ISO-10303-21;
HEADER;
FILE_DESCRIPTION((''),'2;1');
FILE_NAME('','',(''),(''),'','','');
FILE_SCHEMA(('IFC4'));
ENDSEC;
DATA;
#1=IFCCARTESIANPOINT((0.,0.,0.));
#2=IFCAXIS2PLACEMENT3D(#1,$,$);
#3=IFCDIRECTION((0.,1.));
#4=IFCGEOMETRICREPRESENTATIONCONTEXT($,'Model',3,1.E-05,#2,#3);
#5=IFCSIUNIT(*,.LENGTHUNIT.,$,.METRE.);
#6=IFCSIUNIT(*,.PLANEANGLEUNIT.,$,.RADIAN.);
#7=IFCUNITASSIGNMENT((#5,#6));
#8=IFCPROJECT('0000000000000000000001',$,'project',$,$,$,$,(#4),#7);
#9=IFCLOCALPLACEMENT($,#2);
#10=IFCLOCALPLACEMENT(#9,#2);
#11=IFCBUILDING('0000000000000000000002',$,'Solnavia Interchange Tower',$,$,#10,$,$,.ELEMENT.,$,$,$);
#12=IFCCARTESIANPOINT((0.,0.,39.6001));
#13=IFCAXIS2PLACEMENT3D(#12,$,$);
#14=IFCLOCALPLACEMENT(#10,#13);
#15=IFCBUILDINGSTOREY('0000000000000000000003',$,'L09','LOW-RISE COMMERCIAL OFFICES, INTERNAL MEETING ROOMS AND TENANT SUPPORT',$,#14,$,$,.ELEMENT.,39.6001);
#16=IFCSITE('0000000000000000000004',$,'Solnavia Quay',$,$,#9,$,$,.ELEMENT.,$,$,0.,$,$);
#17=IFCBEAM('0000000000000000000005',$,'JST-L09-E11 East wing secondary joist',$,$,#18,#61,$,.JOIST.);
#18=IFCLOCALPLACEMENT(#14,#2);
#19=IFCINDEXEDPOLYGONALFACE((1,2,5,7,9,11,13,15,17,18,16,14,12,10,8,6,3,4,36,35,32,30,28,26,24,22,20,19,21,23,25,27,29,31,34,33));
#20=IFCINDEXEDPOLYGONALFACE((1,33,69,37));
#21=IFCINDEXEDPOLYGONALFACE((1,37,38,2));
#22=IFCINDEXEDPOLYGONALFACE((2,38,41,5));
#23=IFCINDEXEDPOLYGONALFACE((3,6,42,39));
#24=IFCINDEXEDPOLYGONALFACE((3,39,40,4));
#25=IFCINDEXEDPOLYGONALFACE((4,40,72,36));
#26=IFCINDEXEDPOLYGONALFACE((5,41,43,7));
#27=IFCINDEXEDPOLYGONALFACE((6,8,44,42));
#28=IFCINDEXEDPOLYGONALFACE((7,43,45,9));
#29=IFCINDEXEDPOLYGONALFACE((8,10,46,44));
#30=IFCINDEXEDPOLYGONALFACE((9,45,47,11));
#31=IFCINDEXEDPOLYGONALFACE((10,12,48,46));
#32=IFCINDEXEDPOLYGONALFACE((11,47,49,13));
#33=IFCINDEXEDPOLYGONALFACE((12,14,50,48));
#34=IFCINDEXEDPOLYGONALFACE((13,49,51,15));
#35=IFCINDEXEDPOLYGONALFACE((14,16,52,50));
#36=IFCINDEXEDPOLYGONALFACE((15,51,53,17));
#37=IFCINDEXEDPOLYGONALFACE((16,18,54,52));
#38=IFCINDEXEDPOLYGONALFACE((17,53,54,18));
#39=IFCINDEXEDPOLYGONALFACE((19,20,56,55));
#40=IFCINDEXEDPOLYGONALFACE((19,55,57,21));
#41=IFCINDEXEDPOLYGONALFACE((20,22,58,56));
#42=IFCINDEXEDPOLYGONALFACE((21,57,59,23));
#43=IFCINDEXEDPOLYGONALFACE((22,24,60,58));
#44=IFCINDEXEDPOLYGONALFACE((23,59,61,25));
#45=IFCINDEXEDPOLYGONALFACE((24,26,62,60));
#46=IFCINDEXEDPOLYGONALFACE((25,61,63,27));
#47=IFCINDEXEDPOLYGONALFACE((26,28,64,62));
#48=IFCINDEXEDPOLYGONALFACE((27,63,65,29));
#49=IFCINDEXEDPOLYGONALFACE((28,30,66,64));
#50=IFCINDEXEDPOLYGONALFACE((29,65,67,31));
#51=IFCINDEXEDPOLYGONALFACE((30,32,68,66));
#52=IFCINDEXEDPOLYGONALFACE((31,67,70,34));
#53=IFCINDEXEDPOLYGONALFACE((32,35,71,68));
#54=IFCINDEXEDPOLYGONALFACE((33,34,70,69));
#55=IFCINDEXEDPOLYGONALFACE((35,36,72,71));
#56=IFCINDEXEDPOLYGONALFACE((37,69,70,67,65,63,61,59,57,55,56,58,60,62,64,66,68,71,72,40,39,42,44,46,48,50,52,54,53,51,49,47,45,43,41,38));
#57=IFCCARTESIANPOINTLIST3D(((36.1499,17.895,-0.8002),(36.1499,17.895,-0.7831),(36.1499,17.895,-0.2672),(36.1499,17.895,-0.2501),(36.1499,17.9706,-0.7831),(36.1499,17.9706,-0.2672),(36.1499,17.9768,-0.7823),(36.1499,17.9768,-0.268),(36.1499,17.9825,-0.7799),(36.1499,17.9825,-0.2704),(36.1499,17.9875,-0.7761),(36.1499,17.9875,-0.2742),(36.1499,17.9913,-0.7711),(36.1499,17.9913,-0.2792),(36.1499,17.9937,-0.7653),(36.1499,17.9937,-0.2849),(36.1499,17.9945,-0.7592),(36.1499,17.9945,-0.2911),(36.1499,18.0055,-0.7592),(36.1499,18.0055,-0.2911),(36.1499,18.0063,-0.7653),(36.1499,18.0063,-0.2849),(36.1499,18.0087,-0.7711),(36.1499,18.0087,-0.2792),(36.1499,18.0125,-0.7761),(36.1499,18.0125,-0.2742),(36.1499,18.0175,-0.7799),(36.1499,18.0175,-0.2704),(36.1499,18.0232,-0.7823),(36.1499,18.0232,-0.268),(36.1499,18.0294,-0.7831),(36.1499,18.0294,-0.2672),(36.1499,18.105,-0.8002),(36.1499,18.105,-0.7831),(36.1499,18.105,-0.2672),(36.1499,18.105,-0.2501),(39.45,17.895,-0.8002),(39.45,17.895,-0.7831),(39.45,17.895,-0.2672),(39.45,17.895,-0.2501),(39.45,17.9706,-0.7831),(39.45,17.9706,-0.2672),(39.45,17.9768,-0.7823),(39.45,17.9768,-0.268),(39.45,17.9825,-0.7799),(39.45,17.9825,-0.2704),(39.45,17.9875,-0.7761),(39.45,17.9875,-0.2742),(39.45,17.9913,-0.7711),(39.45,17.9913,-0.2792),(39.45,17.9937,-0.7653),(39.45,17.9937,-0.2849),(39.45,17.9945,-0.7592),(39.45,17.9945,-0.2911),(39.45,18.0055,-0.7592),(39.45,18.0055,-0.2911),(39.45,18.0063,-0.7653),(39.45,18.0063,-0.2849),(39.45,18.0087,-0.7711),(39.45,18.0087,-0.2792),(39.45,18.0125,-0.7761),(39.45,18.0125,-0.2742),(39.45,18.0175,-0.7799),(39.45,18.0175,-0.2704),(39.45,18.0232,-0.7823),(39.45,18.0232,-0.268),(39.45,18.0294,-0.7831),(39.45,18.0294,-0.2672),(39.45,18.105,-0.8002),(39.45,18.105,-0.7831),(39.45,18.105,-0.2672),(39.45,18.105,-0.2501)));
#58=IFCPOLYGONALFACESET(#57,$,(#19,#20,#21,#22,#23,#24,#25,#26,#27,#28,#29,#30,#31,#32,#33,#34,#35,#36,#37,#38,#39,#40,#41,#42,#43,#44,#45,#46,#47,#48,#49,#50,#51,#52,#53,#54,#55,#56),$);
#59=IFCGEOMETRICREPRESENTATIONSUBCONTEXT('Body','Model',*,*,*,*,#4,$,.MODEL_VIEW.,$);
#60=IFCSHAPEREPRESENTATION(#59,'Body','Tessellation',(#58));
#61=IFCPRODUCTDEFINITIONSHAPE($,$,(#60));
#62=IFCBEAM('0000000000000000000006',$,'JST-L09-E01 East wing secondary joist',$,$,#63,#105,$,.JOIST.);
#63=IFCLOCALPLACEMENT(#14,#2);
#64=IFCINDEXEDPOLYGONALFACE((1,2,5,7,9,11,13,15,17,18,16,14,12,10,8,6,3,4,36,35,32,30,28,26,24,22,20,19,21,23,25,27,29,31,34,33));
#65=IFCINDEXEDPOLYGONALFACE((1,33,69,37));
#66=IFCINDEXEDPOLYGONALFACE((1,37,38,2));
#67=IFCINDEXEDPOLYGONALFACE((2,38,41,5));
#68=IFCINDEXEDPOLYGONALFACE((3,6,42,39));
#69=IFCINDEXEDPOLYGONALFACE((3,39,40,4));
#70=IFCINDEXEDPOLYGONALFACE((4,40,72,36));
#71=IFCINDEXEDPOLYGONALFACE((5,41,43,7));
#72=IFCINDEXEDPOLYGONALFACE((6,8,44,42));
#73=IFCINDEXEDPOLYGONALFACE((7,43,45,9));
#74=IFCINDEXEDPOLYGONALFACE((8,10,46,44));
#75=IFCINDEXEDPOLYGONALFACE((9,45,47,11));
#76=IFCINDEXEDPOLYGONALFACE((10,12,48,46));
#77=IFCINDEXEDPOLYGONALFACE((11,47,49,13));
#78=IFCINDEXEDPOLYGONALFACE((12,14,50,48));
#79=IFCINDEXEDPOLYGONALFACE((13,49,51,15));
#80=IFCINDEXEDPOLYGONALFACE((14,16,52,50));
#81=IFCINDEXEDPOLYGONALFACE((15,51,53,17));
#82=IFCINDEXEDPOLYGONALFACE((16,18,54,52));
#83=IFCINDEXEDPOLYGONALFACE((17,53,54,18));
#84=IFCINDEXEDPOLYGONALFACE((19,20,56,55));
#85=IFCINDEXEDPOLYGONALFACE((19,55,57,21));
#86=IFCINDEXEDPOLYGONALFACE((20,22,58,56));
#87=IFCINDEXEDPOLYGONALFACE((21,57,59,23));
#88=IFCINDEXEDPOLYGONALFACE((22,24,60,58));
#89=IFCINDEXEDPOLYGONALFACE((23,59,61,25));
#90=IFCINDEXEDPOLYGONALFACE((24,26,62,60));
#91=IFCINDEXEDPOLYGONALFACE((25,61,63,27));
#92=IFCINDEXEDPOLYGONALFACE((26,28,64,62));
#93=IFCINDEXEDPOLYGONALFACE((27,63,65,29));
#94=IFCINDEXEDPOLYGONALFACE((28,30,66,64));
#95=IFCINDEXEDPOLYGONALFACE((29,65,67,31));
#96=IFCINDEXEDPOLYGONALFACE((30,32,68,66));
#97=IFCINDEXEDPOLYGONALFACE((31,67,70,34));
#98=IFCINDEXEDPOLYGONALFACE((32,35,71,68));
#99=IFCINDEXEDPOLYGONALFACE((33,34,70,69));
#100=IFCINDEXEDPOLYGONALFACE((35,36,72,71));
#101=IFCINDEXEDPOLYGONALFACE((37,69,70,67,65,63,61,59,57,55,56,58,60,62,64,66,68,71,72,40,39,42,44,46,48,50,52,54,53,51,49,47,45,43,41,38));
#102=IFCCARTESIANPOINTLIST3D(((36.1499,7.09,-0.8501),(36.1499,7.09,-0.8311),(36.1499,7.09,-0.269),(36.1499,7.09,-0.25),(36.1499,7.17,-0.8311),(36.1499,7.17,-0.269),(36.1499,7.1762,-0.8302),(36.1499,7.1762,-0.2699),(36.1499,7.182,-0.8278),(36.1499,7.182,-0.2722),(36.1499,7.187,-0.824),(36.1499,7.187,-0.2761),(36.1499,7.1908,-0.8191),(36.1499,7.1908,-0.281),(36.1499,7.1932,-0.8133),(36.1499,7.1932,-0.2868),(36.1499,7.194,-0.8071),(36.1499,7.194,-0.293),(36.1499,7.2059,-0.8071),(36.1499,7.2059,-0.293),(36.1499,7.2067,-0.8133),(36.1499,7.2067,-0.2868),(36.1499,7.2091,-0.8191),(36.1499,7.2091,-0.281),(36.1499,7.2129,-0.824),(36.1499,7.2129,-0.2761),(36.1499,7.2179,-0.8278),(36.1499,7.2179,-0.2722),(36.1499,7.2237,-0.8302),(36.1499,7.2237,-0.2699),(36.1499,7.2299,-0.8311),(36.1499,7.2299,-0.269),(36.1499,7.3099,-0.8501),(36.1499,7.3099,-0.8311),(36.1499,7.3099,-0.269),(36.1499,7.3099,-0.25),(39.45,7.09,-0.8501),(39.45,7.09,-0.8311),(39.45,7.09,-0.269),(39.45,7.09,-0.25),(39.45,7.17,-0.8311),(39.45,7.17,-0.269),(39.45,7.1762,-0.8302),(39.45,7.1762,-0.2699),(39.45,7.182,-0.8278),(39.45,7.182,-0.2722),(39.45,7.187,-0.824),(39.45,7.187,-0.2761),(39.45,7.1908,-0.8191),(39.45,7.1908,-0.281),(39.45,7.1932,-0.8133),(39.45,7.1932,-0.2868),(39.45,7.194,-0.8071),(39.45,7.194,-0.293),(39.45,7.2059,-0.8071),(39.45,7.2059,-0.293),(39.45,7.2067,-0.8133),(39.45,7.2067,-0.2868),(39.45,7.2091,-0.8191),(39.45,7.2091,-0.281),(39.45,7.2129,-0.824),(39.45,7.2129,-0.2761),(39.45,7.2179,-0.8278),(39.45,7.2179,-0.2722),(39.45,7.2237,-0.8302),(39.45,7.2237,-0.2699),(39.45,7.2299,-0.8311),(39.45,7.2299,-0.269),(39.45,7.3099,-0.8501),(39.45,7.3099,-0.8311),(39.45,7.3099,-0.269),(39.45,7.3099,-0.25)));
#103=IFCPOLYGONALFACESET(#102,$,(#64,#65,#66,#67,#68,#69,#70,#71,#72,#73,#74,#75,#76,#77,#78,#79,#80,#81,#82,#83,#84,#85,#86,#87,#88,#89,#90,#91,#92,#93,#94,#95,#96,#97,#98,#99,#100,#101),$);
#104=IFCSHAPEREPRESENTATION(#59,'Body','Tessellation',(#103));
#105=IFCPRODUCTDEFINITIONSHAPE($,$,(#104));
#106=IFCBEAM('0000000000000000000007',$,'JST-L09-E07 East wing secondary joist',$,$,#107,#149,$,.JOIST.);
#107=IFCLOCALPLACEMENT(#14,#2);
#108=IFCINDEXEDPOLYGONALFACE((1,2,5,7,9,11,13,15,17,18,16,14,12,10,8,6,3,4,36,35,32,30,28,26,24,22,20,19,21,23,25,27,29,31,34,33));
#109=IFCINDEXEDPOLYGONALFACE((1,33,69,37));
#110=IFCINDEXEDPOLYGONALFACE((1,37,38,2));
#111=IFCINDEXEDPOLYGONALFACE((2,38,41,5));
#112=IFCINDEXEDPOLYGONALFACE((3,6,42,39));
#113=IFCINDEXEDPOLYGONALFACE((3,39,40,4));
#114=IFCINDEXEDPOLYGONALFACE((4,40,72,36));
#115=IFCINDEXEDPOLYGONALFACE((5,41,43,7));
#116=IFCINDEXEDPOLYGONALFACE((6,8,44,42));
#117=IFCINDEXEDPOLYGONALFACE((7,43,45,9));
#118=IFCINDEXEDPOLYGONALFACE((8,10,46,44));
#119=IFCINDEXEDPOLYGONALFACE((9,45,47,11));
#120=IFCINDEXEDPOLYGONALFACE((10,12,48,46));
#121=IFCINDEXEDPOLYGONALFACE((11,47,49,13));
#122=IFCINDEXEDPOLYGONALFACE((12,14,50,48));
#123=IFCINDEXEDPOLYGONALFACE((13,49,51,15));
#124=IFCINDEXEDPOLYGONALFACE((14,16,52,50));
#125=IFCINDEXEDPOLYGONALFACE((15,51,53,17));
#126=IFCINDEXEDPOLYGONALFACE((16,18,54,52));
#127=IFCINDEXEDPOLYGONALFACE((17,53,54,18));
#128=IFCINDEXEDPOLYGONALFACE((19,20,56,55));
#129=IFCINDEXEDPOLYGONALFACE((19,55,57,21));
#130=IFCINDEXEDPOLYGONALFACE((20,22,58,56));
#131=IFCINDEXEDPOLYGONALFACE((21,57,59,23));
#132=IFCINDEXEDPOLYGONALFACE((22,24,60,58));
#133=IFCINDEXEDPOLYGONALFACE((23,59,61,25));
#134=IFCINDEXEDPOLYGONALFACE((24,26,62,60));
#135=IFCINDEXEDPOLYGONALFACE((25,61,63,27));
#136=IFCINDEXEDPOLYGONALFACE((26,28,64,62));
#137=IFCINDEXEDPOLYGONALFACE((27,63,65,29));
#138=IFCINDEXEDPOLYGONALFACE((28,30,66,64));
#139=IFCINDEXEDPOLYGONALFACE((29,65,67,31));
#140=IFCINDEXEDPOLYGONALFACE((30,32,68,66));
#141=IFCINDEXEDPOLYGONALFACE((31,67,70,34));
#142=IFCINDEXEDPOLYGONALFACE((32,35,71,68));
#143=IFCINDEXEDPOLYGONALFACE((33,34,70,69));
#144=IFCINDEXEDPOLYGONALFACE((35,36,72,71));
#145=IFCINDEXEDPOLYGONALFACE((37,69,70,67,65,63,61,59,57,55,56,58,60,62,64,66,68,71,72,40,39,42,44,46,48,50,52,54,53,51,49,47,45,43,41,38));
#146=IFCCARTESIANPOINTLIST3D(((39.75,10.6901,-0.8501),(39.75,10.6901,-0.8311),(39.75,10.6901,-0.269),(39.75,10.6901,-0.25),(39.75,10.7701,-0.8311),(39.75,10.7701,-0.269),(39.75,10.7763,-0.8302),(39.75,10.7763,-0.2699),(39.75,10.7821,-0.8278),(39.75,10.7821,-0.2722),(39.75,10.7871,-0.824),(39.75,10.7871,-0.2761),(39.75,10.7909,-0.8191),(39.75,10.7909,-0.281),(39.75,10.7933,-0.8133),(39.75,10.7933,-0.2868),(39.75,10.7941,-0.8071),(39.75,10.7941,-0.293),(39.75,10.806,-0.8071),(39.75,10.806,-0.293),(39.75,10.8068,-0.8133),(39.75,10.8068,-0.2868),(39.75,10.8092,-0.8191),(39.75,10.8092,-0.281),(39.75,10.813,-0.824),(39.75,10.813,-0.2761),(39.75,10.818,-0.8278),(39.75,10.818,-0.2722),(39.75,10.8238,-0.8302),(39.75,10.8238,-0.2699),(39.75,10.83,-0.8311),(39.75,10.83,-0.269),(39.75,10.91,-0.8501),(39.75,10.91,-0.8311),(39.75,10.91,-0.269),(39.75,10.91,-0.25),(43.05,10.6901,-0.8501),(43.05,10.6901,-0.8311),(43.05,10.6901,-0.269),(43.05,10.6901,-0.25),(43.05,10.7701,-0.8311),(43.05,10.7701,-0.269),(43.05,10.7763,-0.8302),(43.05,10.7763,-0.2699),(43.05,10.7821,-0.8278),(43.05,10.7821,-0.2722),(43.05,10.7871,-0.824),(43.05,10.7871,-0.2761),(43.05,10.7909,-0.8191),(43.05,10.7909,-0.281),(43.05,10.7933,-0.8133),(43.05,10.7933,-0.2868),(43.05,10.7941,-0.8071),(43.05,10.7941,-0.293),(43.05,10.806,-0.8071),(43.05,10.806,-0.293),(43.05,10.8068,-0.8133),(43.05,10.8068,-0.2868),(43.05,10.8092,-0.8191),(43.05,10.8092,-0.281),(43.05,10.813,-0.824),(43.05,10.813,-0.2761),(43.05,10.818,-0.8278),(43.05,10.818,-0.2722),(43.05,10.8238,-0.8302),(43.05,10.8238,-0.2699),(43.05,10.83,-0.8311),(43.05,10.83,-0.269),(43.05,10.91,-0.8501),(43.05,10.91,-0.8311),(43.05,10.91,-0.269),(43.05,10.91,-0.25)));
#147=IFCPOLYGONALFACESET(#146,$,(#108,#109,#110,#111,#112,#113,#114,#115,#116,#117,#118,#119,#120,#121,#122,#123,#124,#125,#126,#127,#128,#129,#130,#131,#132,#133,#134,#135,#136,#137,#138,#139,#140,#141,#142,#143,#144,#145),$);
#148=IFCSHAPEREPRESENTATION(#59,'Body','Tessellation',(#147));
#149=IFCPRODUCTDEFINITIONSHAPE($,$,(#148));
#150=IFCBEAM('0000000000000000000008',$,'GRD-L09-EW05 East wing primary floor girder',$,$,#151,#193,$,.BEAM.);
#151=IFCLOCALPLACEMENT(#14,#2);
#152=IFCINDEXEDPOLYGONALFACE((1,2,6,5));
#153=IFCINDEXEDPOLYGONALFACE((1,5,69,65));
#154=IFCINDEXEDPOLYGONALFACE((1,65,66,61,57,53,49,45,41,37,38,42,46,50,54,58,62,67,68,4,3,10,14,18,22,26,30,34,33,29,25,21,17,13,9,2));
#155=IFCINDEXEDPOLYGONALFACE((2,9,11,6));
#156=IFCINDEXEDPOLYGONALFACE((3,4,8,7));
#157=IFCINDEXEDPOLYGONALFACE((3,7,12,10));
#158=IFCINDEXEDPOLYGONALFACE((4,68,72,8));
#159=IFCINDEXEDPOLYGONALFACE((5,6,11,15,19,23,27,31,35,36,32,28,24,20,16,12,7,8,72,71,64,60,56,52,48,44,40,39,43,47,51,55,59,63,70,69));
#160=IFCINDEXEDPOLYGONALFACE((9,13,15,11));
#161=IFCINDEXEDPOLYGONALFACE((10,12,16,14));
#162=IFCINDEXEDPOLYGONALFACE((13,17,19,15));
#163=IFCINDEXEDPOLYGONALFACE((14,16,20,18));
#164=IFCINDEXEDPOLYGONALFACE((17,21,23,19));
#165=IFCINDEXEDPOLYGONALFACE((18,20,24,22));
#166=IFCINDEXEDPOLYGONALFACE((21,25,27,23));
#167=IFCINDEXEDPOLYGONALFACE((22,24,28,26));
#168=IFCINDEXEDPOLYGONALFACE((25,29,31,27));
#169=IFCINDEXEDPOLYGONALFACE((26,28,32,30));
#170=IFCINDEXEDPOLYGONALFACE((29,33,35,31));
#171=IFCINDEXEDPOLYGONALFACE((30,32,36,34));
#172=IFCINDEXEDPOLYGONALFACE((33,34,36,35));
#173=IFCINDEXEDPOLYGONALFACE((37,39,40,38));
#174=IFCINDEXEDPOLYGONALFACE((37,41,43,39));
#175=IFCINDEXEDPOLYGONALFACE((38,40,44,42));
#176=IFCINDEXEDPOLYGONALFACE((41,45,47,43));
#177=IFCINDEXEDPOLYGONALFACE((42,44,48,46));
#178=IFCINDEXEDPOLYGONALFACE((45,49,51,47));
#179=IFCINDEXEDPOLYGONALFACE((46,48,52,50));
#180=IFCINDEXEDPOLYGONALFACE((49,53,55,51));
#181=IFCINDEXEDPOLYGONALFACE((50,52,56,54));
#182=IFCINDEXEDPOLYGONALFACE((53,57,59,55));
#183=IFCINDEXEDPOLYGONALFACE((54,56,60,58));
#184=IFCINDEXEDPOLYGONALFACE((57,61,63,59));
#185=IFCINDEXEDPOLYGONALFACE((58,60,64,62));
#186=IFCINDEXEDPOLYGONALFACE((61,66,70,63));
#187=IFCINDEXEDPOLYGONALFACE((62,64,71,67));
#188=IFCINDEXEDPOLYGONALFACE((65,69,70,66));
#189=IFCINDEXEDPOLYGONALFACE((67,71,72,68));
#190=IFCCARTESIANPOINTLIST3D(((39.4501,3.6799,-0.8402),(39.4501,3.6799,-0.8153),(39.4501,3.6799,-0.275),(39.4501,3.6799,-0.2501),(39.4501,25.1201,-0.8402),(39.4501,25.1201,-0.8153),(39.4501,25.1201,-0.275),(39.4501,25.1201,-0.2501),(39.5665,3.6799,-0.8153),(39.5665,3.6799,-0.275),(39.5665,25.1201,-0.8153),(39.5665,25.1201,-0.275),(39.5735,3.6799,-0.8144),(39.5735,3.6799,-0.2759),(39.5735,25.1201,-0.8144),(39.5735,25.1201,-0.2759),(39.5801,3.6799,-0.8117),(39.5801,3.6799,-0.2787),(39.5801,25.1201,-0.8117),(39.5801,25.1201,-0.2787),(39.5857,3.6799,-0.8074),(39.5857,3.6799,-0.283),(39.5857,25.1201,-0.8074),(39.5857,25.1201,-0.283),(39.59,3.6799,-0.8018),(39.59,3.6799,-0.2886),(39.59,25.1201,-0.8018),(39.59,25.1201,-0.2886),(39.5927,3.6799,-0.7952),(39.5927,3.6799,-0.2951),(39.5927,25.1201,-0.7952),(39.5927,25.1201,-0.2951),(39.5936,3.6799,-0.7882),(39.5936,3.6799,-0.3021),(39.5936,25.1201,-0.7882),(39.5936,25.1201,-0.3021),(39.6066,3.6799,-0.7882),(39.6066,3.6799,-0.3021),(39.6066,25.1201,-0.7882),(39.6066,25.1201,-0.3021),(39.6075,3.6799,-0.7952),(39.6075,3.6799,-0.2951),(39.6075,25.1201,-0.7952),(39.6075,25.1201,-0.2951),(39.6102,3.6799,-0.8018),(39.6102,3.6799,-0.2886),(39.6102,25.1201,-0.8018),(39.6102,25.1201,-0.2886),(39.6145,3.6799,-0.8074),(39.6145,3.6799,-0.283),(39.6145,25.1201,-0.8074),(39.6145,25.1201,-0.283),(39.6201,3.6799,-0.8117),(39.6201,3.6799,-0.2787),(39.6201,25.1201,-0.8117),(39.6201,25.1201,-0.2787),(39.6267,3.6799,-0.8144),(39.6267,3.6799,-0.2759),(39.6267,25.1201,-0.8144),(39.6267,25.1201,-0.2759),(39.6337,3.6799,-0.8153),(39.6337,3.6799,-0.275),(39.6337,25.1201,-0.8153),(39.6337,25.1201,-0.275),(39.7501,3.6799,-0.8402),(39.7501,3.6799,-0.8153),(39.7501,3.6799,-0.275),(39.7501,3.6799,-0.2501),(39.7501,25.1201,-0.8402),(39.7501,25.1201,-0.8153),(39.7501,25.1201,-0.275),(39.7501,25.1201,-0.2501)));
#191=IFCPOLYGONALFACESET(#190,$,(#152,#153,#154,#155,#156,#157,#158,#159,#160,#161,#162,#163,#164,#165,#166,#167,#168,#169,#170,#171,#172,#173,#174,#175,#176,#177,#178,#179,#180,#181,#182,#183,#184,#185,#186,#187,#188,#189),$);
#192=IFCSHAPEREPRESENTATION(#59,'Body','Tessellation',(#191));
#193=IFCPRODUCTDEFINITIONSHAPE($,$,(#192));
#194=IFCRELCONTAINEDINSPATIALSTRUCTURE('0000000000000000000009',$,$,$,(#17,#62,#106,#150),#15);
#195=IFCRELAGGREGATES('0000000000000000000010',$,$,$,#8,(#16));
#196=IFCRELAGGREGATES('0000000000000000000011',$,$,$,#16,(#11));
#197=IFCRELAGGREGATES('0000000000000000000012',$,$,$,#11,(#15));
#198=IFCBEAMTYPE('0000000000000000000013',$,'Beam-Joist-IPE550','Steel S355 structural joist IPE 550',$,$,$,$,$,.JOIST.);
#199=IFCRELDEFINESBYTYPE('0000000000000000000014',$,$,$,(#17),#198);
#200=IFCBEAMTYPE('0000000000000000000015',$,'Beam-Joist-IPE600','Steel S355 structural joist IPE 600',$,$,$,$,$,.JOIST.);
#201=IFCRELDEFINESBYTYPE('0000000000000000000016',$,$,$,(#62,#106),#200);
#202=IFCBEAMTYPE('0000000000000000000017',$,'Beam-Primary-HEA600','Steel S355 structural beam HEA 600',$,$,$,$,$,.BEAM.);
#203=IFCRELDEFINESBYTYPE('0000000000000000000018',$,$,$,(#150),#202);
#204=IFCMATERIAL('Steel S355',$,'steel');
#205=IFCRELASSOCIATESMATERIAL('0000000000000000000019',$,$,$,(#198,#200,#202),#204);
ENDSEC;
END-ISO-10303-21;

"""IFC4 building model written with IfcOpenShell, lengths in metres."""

from ifc_helpers import new_model, si_unit, direction, frame, origin, origin_2d, place, context, subcontext, project, spatial, i_section, extrude, material, material_profile, profile_set, type_object, element, save


model = new_model("IFC4")

# Units and contexts
model_context = context("Model", 3, precision=1e-05, world=origin(), true_north=direction((0.0, 1.0)))
body_context = subcontext(model_context, "Body", "Model", "MODEL_VIEW")
ifc_project = project(units=[si_unit("LENGTHUNIT", "METRE"), si_unit("PLANEANGLEUNIT", "RADIAN")], contexts=[model_context])

# Site, building, storey
site_placement = place(None, origin())
site = spatial("IfcSite", under=ifc_project, at=site_placement, Name="Solnavia Quay", CompositionType="ELEMENT", RefElevation=0.0)
building_placement = place(site_placement, origin())
building = spatial("IfcBuilding", under=site, at=building_placement, Name="Solnavia Interchange Tower", CompositionType="ELEMENT")
storey_placement = place(building_placement, frame((0.0, 0.0, 39.6001)))
storey = spatial("IfcBuildingStorey", under=building, at=storey_placement, Name="L09", Description="LOW-RISE COMMERCIAL OFFICES, INTERNAL MEETING ROOMS AND TENANT SUPPORT", CompositionType="ELEMENT", Elevation=39.6001)

# Shared definitions
ifc_material_1 = material(Name="Steel S355", Category="steel")

# Beams
ifc_material_profile_1 = material_profile(ifc_material_1, i_section(OverallWidth=0.21, OverallDepth=0.55, WebThickness=0.011, FlangeThickness=0.0171, FilletRadius=0.0239, at=origin_2d()), Name="IPE 550")
ifc_profile_set_1 = profile_set([ifc_material_profile_1], Name="Steel S355")
beam_type_1 = type_object("IfcBeamType", Name="Beam-Joist-IPE550", Description="Steel S355 structural joist IPE 550", PredefinedType="JOIST", material=ifc_profile_set_1)
for number, where, z_axis, x_axis, name in (
    (1, (36.1499, 18.0, -0.5251), (1.0, 0.0, 0.0), (0.0, 1.0, 0.0), "JST-L09-E11 East wing secondary joist"),
):
    element("IfcBeam", number, at=place(storey_placement, frame(where, z_axis=z_axis, x_axis=x_axis)), inside=storey, type_object=beam_type_1, Name=name, PredefinedType="JOIST", context=body_context, shape_type="SweptSolid", body=[
        extrude(i_section(OverallWidth=0.21, OverallDepth=0.55, WebThickness=0.011, FlangeThickness=0.0171, FilletRadius=0.0239, at=origin_2d()), origin(), (0.0, 0.0, 1.0), 3.3),
    ])
ifc_material_profile_2 = material_profile(ifc_material_1, i_section(OverallWidth=0.22, OverallDepth=0.6001, WebThickness=0.012, FlangeThickness=0.019, FilletRadius=0.0239, at=origin_2d()), Name="IPE 600")
ifc_profile_set_2 = profile_set([ifc_material_profile_2], Name="Steel S355")
beam_type_2 = type_object("IfcBeamType", Name="Beam-Joist-IPE600", Description="Steel S355 structural joist IPE 600", PredefinedType="JOIST", material=ifc_profile_set_2)
for number, where, z_axis, x_axis, name in (
    (2, (36.1499, 7.2, -0.55), (1.0, 0.0, 0.0), (0.0, 1.0, 0.0), "JST-L09-E01 East wing secondary joist"),
    (3, (39.75, 10.8, -0.55), (1.0, 0.0, 0.0), (0.0, 1.0, 0.0), "JST-L09-E07 East wing secondary joist"),
):
    element("IfcBeam", number, at=place(storey_placement, frame(where, z_axis=z_axis, x_axis=x_axis)), inside=storey, type_object=beam_type_2, Name=name, PredefinedType="JOIST", context=body_context, shape_type="SweptSolid", body=[
        extrude(i_section(OverallWidth=0.22, OverallDepth=0.6001, WebThickness=0.012, FlangeThickness=0.019, FilletRadius=0.0239, at=origin_2d()), origin(), (0.0, 0.0, 1.0), 3.3),
    ])
ifc_material_profile_3 = material_profile(ifc_material_1, i_section(OverallWidth=0.3, OverallDepth=0.5901, WebThickness=0.0129, FlangeThickness=0.0249, FilletRadius=0.0271, at=origin_2d()), Name="HEA 600")
ifc_profile_set_3 = profile_set([ifc_material_profile_3], Name="Steel S355")
beam_type_3 = type_object("IfcBeamType", Name="Beam-Primary-HEA600", Description="Steel S355 structural beam HEA 600", PredefinedType="BEAM", material=ifc_profile_set_3)
beam_1_placement = place(storey_placement, frame((39.6001, 3.6799, -0.5452), z_axis=(0.0, 1.0, 0.0), x_axis=(-1.0, 0.0, 0.0)))
element("IfcBeam", 4, at=beam_1_placement, inside=storey, type_object=beam_type_3, Name="GRD-L09-EW05 East wing primary floor girder", PredefinedType="BEAM", context=body_context, shape_type="SweptSolid", body=[
    extrude(i_section(OverallWidth=0.3, OverallDepth=0.5901, WebThickness=0.0129, FlangeThickness=0.0249, FilletRadius=0.0271, at=origin_2d()), origin(), (0.0, 0.0, 1.0), 21.4402),
])

save(model, "model.ifc")
